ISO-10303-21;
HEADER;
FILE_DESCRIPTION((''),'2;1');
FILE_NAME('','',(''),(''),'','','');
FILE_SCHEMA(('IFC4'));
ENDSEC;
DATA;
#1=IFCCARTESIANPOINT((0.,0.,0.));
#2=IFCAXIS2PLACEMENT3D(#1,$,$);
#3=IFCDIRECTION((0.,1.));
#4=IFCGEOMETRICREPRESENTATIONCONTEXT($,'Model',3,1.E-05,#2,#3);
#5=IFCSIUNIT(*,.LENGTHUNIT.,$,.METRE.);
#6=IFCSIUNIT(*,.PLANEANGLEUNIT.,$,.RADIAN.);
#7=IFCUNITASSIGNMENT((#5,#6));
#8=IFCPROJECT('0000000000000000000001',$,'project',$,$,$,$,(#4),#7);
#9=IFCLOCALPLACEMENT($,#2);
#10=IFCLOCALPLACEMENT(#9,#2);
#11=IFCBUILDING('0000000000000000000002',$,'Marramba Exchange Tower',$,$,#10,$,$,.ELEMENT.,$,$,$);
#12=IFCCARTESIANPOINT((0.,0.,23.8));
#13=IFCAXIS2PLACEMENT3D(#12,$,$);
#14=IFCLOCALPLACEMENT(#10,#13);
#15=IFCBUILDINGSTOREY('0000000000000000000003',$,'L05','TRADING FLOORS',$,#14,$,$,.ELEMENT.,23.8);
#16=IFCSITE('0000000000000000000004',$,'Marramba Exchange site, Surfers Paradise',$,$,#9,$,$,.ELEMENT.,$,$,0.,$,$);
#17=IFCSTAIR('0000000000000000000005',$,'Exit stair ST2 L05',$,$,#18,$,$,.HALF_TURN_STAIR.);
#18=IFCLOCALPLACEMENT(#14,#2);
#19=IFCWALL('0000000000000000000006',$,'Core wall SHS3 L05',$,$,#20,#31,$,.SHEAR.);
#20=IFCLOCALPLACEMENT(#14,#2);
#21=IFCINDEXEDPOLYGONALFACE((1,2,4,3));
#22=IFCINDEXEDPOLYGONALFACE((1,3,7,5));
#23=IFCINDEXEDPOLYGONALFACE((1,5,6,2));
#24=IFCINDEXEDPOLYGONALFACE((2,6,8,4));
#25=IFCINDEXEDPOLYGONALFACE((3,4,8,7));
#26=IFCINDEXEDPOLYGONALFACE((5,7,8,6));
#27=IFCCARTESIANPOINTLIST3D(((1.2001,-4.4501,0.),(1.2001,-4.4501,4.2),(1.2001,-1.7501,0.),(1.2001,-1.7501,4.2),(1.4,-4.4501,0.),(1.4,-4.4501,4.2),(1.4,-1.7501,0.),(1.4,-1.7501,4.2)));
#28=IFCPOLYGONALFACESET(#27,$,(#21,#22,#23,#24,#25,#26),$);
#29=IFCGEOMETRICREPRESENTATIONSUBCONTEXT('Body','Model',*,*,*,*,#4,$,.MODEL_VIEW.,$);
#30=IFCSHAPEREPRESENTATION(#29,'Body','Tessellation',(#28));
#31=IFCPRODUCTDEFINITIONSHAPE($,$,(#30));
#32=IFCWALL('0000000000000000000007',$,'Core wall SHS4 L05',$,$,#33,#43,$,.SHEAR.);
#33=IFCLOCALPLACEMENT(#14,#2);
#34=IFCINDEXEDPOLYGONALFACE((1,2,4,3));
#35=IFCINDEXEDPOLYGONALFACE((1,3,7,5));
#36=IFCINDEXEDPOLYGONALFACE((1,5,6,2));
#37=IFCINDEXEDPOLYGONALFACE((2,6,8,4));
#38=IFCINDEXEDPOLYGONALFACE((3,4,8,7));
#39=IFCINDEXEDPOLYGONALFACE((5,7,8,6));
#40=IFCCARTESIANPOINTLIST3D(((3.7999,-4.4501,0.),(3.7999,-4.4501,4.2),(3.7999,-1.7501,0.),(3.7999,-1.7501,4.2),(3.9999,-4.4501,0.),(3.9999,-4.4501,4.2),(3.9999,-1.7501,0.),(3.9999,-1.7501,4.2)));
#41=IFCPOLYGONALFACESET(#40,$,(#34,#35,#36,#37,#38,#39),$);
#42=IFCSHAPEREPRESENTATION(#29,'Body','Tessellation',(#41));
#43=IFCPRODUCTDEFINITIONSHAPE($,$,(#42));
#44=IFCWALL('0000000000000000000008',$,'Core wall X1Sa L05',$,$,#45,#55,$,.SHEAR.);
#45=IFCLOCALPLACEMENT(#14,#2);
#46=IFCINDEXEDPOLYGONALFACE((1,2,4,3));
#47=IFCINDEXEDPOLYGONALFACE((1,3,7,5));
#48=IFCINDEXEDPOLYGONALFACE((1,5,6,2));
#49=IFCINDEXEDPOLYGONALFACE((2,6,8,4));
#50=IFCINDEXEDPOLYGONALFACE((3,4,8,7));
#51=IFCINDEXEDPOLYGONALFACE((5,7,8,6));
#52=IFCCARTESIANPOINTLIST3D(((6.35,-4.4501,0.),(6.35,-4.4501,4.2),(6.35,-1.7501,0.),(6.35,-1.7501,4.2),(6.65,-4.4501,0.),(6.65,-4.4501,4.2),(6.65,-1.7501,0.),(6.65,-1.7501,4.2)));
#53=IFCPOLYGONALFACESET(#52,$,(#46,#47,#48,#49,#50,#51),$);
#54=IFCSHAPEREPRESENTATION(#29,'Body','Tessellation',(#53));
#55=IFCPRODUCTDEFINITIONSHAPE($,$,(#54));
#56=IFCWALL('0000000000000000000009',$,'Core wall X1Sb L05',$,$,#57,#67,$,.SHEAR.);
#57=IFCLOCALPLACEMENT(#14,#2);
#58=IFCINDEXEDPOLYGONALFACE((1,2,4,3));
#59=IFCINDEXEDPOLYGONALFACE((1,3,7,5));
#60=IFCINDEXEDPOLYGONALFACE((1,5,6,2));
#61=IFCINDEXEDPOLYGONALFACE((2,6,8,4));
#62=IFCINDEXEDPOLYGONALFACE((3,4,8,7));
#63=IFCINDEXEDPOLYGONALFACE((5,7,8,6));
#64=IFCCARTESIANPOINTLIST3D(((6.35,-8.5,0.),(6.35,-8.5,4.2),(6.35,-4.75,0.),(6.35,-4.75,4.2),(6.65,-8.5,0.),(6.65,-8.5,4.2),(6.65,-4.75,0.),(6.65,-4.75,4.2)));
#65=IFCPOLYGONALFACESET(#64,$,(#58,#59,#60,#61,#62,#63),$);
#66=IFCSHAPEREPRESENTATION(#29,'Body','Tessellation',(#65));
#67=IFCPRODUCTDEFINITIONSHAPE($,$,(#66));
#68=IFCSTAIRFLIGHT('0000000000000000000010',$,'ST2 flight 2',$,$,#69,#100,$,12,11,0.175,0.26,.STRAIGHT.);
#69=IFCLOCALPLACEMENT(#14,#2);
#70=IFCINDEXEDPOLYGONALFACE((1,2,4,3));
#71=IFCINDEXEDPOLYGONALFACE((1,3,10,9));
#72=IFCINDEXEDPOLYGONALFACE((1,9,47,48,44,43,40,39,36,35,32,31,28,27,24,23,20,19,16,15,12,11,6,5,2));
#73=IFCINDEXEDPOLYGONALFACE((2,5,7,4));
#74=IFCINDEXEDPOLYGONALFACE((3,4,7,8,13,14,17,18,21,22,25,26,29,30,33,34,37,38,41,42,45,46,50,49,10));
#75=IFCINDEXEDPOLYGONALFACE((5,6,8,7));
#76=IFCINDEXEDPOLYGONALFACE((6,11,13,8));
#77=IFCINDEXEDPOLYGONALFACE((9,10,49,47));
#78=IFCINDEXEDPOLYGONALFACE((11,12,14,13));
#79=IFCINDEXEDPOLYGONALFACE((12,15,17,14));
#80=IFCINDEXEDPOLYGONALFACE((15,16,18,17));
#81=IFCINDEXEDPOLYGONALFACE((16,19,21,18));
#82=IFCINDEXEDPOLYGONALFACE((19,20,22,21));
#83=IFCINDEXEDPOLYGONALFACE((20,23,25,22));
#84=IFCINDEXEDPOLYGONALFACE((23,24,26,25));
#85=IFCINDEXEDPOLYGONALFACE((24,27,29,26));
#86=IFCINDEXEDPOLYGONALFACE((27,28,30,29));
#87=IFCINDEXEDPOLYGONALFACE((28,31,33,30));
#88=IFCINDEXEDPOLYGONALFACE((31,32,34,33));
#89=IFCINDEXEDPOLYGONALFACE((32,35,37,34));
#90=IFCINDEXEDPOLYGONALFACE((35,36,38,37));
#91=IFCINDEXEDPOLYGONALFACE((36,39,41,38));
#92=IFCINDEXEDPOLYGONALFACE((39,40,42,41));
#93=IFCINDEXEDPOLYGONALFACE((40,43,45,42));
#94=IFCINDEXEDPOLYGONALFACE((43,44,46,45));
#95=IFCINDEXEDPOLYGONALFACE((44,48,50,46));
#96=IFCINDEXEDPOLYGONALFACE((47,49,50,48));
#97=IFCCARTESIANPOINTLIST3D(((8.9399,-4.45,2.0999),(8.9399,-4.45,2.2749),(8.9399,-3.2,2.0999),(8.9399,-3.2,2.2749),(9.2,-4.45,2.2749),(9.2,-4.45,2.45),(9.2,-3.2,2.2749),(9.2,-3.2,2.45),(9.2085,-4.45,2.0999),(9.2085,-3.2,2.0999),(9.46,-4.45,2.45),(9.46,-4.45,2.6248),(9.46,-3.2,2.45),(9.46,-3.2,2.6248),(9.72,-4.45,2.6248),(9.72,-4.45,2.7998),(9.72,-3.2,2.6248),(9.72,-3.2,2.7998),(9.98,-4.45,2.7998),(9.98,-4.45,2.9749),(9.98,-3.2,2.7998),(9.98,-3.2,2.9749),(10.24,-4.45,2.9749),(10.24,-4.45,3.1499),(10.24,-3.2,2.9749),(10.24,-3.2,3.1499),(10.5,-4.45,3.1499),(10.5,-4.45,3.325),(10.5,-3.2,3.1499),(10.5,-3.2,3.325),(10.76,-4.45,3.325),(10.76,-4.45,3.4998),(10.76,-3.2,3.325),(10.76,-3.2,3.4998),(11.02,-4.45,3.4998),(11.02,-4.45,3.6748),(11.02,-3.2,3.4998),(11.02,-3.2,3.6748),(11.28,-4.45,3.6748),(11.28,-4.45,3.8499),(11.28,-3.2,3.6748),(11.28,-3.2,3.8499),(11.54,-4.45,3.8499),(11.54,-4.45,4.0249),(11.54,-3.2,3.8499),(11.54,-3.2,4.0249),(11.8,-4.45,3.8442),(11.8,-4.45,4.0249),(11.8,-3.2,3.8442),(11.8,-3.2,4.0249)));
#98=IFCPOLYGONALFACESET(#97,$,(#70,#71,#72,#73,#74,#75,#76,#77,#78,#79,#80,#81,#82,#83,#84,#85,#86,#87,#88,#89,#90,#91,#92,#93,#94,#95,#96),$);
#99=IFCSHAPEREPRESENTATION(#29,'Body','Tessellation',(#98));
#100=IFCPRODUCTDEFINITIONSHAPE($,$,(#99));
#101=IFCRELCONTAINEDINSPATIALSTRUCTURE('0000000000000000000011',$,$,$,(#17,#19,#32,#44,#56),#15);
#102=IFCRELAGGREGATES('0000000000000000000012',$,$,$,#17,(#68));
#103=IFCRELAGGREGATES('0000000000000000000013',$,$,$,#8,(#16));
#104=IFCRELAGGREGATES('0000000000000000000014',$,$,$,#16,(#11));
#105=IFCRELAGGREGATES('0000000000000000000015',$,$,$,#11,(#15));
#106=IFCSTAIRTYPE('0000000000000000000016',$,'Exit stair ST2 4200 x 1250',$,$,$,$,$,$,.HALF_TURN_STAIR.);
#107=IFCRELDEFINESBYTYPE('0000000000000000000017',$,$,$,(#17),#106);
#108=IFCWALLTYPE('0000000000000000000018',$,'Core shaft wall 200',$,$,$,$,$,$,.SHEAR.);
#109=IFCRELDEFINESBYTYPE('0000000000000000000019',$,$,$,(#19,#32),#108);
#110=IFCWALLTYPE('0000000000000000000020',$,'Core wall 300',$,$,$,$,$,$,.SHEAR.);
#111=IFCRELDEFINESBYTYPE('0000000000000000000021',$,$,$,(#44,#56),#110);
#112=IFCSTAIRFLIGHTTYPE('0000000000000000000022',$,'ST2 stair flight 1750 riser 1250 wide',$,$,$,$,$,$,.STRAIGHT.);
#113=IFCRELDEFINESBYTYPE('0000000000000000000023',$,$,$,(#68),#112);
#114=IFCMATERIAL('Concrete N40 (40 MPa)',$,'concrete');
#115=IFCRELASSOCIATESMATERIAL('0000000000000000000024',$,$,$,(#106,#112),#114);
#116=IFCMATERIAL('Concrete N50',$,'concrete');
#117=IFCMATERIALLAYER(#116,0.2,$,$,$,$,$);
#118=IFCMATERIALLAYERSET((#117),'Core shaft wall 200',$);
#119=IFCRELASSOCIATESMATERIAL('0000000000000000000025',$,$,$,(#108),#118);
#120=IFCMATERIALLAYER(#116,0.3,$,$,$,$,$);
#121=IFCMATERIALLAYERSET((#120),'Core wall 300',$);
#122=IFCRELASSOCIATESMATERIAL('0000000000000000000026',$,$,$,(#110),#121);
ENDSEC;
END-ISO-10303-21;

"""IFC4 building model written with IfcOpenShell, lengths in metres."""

from ifc_helpers import new_model, si_unit, direction, frame, frame_2d, origin, place, context, subcontext, project, spatial, polyline, rectangle, outline, extrude, material, layer, layer_set, type_object, element, aggregate, save


model = new_model("IFC4")

# Units and contexts
model_context = context("Model", 3, precision=1e-05, world=origin(), true_north=direction((0.0, 1.0)))
body_context = subcontext(model_context, "Body", "Model", "MODEL_VIEW")
ifc_project = project(units=[si_unit("LENGTHUNIT", "METRE"), si_unit("PLANEANGLEUNIT", "RADIAN")], contexts=[model_context])

# Site, building, storey
site_placement = place(None, origin())
site = spatial("IfcSite", under=ifc_project, at=site_placement, Name="Marramba Exchange site, Surfers Paradise", CompositionType="ELEMENT", RefElevation=0.0)
building_placement = place(site_placement, origin())
building = spatial("IfcBuilding", under=site, at=building_placement, Name="Marramba Exchange Tower", CompositionType="ELEMENT")
storey_placement = place(building_placement, frame((0.0, 0.0, 23.8)))
storey = spatial("IfcBuildingStorey", under=building, at=storey_placement, Name="L05", Description="TRADING FLOORS", CompositionType="ELEMENT", Elevation=23.8)

# Stair
ifc_material_1 = material(Name="Concrete N40 (40 MPa)", Category="concrete")
stair_type_1 = type_object("IfcStairType", Name="Exit stair ST2 4200 x 1250", PredefinedType="HALF_TURN_STAIR", material=ifc_material_1)
stair_1_placement = place(storey_placement, origin())
stair_1 = element("IfcStair", 1, at=stair_1_placement, inside=storey, type_object=stair_type_1, Name="Exit stair ST2 L05", PredefinedType="HALF_TURN_STAIR")

# Walls
ifc_material_2 = material(Name="Concrete N50", Category="concrete")
ifc_layer_1 = layer(ifc_material_2, 0.2)
ifc_layer_set_1 = layer_set([ifc_layer_1], Name="Core shaft wall 200")
wall_type_1 = type_object("IfcWallType", Name="Core shaft wall 200", PredefinedType="SHEAR", material=ifc_layer_set_1)
for number, where, z_axis, x_axis, name in (
    (2, (1.3, -1.75, 0.0), (0.0, 0.0, 1.0), (0.0, -1.0, 0.0), "Core wall SHS3 L05"),
    (3, (3.8999, -1.75, 0.0), (0.0, 0.0, 1.0), (0.0, -1.0, 0.0), "Core wall SHS4 L05"),
):
    element("IfcWall", number, at=place(storey_placement, frame(where, z_axis=z_axis, x_axis=x_axis)), inside=storey, type_object=wall_type_1, Name=name, PredefinedType="SHEAR", context=body_context, shape_type="SweptSolid", body=[
        extrude(rectangle(XDim=2.7, YDim=0.2, at=frame_2d((1.3501, 0.0))), origin(), (0.0, 0.0, 1.0), 4.2),
    ])
ifc_layer_2 = layer(ifc_material_2, 0.3)
ifc_layer_set_2 = layer_set([ifc_layer_2], Name="Core wall 300")
wall_type_2 = type_object("IfcWallType", Name="Core wall 300", PredefinedType="SHEAR", material=ifc_layer_set_2)
wall_1_placement = place(storey_placement, frame((6.5, -1.75, 0.0), z_axis=(0.0, 0.0, 1.0), x_axis=(0.0, -1.0, 0.0)))
element("IfcWall", 4, at=wall_1_placement, inside=storey, type_object=wall_type_2, Name="Core wall X1Sa L05", PredefinedType="SHEAR", context=body_context, shape_type="SweptSolid", body=[
    extrude(rectangle(XDim=2.7, YDim=0.3, at=frame_2d((1.3501, 0.0))), origin(), (0.0, 0.0, 1.0), 4.2),
])
wall_2_placement = place(storey_placement, frame((6.5, -4.75, 0.0), z_axis=(0.0, 0.0, 1.0), x_axis=(0.0, -1.0, 0.0)))
element("IfcWall", 5, at=wall_2_placement, inside=storey, type_object=wall_type_2, Name="Core wall X1Sb L05", PredefinedType="SHEAR", context=body_context, shape_type="SweptSolid", body=[
    extrude(rectangle(XDim=3.75, YDim=0.3, at=frame_2d((1.875, 0.0))), origin(), (0.0, 0.0, 1.0), 4.2),
])

# Stair flight
stair_flight_type = type_object("IfcStairFlightType", Name="ST2 stair flight 1750 riser 1250 wide", PredefinedType="STRAIGHT", material=ifc_material_1)
stair_flight_placement = place(storey_placement, frame((8.9399, -3.825, 2.0999), z_axis=(0.0, 0.0, 1.0), x_axis=(1.0, 0.0, 0.0)))
stair_flight = element("IfcStairFlight", 6, at=stair_flight_placement, type_object=stair_flight_type, Name="ST2 flight 2", NumberOfRisers=12, NumberOfTreads=11, PredefinedType="STRAIGHT", RiserHeight=0.175, TreadLength=0.26, context=body_context, shape_type="SweptSolid", body=[
    extrude(outline(polyline([(0.0, 0.0), (0.0, 0.175), (0.26, 0.175), (0.26, 0.3501), (0.52, 0.3501), (0.52, 0.5249), (0.78, 0.5249), (0.78, 0.7), (1.04, 0.7), (1.04, 0.875), (1.3, 0.875), (1.3, 1.05), (1.5601, 1.05), (1.5601, 1.2251), (1.8201, 1.2251), (1.8201, 1.3999), (2.0801, 1.3999), (2.0801, 1.575), (2.3401, 1.575), (2.3401, 1.75), (2.6001, 1.75), (2.6001, 1.925), (2.8601, 1.925), (2.8601, 2.1001), (2.8601, 1.7444), (0.2686, 0.0), (0.0, 0.0)])), frame((0.0, 0.625, 0.0), z_axis=(0.0, -1.0, 0.0), x_axis=(1.0, 0.0, 0.0)), (0.0, 0.0, 1.0), 1.25),
])
aggregate(stair_1, [stair_flight])

save(model, "model.ifc")
